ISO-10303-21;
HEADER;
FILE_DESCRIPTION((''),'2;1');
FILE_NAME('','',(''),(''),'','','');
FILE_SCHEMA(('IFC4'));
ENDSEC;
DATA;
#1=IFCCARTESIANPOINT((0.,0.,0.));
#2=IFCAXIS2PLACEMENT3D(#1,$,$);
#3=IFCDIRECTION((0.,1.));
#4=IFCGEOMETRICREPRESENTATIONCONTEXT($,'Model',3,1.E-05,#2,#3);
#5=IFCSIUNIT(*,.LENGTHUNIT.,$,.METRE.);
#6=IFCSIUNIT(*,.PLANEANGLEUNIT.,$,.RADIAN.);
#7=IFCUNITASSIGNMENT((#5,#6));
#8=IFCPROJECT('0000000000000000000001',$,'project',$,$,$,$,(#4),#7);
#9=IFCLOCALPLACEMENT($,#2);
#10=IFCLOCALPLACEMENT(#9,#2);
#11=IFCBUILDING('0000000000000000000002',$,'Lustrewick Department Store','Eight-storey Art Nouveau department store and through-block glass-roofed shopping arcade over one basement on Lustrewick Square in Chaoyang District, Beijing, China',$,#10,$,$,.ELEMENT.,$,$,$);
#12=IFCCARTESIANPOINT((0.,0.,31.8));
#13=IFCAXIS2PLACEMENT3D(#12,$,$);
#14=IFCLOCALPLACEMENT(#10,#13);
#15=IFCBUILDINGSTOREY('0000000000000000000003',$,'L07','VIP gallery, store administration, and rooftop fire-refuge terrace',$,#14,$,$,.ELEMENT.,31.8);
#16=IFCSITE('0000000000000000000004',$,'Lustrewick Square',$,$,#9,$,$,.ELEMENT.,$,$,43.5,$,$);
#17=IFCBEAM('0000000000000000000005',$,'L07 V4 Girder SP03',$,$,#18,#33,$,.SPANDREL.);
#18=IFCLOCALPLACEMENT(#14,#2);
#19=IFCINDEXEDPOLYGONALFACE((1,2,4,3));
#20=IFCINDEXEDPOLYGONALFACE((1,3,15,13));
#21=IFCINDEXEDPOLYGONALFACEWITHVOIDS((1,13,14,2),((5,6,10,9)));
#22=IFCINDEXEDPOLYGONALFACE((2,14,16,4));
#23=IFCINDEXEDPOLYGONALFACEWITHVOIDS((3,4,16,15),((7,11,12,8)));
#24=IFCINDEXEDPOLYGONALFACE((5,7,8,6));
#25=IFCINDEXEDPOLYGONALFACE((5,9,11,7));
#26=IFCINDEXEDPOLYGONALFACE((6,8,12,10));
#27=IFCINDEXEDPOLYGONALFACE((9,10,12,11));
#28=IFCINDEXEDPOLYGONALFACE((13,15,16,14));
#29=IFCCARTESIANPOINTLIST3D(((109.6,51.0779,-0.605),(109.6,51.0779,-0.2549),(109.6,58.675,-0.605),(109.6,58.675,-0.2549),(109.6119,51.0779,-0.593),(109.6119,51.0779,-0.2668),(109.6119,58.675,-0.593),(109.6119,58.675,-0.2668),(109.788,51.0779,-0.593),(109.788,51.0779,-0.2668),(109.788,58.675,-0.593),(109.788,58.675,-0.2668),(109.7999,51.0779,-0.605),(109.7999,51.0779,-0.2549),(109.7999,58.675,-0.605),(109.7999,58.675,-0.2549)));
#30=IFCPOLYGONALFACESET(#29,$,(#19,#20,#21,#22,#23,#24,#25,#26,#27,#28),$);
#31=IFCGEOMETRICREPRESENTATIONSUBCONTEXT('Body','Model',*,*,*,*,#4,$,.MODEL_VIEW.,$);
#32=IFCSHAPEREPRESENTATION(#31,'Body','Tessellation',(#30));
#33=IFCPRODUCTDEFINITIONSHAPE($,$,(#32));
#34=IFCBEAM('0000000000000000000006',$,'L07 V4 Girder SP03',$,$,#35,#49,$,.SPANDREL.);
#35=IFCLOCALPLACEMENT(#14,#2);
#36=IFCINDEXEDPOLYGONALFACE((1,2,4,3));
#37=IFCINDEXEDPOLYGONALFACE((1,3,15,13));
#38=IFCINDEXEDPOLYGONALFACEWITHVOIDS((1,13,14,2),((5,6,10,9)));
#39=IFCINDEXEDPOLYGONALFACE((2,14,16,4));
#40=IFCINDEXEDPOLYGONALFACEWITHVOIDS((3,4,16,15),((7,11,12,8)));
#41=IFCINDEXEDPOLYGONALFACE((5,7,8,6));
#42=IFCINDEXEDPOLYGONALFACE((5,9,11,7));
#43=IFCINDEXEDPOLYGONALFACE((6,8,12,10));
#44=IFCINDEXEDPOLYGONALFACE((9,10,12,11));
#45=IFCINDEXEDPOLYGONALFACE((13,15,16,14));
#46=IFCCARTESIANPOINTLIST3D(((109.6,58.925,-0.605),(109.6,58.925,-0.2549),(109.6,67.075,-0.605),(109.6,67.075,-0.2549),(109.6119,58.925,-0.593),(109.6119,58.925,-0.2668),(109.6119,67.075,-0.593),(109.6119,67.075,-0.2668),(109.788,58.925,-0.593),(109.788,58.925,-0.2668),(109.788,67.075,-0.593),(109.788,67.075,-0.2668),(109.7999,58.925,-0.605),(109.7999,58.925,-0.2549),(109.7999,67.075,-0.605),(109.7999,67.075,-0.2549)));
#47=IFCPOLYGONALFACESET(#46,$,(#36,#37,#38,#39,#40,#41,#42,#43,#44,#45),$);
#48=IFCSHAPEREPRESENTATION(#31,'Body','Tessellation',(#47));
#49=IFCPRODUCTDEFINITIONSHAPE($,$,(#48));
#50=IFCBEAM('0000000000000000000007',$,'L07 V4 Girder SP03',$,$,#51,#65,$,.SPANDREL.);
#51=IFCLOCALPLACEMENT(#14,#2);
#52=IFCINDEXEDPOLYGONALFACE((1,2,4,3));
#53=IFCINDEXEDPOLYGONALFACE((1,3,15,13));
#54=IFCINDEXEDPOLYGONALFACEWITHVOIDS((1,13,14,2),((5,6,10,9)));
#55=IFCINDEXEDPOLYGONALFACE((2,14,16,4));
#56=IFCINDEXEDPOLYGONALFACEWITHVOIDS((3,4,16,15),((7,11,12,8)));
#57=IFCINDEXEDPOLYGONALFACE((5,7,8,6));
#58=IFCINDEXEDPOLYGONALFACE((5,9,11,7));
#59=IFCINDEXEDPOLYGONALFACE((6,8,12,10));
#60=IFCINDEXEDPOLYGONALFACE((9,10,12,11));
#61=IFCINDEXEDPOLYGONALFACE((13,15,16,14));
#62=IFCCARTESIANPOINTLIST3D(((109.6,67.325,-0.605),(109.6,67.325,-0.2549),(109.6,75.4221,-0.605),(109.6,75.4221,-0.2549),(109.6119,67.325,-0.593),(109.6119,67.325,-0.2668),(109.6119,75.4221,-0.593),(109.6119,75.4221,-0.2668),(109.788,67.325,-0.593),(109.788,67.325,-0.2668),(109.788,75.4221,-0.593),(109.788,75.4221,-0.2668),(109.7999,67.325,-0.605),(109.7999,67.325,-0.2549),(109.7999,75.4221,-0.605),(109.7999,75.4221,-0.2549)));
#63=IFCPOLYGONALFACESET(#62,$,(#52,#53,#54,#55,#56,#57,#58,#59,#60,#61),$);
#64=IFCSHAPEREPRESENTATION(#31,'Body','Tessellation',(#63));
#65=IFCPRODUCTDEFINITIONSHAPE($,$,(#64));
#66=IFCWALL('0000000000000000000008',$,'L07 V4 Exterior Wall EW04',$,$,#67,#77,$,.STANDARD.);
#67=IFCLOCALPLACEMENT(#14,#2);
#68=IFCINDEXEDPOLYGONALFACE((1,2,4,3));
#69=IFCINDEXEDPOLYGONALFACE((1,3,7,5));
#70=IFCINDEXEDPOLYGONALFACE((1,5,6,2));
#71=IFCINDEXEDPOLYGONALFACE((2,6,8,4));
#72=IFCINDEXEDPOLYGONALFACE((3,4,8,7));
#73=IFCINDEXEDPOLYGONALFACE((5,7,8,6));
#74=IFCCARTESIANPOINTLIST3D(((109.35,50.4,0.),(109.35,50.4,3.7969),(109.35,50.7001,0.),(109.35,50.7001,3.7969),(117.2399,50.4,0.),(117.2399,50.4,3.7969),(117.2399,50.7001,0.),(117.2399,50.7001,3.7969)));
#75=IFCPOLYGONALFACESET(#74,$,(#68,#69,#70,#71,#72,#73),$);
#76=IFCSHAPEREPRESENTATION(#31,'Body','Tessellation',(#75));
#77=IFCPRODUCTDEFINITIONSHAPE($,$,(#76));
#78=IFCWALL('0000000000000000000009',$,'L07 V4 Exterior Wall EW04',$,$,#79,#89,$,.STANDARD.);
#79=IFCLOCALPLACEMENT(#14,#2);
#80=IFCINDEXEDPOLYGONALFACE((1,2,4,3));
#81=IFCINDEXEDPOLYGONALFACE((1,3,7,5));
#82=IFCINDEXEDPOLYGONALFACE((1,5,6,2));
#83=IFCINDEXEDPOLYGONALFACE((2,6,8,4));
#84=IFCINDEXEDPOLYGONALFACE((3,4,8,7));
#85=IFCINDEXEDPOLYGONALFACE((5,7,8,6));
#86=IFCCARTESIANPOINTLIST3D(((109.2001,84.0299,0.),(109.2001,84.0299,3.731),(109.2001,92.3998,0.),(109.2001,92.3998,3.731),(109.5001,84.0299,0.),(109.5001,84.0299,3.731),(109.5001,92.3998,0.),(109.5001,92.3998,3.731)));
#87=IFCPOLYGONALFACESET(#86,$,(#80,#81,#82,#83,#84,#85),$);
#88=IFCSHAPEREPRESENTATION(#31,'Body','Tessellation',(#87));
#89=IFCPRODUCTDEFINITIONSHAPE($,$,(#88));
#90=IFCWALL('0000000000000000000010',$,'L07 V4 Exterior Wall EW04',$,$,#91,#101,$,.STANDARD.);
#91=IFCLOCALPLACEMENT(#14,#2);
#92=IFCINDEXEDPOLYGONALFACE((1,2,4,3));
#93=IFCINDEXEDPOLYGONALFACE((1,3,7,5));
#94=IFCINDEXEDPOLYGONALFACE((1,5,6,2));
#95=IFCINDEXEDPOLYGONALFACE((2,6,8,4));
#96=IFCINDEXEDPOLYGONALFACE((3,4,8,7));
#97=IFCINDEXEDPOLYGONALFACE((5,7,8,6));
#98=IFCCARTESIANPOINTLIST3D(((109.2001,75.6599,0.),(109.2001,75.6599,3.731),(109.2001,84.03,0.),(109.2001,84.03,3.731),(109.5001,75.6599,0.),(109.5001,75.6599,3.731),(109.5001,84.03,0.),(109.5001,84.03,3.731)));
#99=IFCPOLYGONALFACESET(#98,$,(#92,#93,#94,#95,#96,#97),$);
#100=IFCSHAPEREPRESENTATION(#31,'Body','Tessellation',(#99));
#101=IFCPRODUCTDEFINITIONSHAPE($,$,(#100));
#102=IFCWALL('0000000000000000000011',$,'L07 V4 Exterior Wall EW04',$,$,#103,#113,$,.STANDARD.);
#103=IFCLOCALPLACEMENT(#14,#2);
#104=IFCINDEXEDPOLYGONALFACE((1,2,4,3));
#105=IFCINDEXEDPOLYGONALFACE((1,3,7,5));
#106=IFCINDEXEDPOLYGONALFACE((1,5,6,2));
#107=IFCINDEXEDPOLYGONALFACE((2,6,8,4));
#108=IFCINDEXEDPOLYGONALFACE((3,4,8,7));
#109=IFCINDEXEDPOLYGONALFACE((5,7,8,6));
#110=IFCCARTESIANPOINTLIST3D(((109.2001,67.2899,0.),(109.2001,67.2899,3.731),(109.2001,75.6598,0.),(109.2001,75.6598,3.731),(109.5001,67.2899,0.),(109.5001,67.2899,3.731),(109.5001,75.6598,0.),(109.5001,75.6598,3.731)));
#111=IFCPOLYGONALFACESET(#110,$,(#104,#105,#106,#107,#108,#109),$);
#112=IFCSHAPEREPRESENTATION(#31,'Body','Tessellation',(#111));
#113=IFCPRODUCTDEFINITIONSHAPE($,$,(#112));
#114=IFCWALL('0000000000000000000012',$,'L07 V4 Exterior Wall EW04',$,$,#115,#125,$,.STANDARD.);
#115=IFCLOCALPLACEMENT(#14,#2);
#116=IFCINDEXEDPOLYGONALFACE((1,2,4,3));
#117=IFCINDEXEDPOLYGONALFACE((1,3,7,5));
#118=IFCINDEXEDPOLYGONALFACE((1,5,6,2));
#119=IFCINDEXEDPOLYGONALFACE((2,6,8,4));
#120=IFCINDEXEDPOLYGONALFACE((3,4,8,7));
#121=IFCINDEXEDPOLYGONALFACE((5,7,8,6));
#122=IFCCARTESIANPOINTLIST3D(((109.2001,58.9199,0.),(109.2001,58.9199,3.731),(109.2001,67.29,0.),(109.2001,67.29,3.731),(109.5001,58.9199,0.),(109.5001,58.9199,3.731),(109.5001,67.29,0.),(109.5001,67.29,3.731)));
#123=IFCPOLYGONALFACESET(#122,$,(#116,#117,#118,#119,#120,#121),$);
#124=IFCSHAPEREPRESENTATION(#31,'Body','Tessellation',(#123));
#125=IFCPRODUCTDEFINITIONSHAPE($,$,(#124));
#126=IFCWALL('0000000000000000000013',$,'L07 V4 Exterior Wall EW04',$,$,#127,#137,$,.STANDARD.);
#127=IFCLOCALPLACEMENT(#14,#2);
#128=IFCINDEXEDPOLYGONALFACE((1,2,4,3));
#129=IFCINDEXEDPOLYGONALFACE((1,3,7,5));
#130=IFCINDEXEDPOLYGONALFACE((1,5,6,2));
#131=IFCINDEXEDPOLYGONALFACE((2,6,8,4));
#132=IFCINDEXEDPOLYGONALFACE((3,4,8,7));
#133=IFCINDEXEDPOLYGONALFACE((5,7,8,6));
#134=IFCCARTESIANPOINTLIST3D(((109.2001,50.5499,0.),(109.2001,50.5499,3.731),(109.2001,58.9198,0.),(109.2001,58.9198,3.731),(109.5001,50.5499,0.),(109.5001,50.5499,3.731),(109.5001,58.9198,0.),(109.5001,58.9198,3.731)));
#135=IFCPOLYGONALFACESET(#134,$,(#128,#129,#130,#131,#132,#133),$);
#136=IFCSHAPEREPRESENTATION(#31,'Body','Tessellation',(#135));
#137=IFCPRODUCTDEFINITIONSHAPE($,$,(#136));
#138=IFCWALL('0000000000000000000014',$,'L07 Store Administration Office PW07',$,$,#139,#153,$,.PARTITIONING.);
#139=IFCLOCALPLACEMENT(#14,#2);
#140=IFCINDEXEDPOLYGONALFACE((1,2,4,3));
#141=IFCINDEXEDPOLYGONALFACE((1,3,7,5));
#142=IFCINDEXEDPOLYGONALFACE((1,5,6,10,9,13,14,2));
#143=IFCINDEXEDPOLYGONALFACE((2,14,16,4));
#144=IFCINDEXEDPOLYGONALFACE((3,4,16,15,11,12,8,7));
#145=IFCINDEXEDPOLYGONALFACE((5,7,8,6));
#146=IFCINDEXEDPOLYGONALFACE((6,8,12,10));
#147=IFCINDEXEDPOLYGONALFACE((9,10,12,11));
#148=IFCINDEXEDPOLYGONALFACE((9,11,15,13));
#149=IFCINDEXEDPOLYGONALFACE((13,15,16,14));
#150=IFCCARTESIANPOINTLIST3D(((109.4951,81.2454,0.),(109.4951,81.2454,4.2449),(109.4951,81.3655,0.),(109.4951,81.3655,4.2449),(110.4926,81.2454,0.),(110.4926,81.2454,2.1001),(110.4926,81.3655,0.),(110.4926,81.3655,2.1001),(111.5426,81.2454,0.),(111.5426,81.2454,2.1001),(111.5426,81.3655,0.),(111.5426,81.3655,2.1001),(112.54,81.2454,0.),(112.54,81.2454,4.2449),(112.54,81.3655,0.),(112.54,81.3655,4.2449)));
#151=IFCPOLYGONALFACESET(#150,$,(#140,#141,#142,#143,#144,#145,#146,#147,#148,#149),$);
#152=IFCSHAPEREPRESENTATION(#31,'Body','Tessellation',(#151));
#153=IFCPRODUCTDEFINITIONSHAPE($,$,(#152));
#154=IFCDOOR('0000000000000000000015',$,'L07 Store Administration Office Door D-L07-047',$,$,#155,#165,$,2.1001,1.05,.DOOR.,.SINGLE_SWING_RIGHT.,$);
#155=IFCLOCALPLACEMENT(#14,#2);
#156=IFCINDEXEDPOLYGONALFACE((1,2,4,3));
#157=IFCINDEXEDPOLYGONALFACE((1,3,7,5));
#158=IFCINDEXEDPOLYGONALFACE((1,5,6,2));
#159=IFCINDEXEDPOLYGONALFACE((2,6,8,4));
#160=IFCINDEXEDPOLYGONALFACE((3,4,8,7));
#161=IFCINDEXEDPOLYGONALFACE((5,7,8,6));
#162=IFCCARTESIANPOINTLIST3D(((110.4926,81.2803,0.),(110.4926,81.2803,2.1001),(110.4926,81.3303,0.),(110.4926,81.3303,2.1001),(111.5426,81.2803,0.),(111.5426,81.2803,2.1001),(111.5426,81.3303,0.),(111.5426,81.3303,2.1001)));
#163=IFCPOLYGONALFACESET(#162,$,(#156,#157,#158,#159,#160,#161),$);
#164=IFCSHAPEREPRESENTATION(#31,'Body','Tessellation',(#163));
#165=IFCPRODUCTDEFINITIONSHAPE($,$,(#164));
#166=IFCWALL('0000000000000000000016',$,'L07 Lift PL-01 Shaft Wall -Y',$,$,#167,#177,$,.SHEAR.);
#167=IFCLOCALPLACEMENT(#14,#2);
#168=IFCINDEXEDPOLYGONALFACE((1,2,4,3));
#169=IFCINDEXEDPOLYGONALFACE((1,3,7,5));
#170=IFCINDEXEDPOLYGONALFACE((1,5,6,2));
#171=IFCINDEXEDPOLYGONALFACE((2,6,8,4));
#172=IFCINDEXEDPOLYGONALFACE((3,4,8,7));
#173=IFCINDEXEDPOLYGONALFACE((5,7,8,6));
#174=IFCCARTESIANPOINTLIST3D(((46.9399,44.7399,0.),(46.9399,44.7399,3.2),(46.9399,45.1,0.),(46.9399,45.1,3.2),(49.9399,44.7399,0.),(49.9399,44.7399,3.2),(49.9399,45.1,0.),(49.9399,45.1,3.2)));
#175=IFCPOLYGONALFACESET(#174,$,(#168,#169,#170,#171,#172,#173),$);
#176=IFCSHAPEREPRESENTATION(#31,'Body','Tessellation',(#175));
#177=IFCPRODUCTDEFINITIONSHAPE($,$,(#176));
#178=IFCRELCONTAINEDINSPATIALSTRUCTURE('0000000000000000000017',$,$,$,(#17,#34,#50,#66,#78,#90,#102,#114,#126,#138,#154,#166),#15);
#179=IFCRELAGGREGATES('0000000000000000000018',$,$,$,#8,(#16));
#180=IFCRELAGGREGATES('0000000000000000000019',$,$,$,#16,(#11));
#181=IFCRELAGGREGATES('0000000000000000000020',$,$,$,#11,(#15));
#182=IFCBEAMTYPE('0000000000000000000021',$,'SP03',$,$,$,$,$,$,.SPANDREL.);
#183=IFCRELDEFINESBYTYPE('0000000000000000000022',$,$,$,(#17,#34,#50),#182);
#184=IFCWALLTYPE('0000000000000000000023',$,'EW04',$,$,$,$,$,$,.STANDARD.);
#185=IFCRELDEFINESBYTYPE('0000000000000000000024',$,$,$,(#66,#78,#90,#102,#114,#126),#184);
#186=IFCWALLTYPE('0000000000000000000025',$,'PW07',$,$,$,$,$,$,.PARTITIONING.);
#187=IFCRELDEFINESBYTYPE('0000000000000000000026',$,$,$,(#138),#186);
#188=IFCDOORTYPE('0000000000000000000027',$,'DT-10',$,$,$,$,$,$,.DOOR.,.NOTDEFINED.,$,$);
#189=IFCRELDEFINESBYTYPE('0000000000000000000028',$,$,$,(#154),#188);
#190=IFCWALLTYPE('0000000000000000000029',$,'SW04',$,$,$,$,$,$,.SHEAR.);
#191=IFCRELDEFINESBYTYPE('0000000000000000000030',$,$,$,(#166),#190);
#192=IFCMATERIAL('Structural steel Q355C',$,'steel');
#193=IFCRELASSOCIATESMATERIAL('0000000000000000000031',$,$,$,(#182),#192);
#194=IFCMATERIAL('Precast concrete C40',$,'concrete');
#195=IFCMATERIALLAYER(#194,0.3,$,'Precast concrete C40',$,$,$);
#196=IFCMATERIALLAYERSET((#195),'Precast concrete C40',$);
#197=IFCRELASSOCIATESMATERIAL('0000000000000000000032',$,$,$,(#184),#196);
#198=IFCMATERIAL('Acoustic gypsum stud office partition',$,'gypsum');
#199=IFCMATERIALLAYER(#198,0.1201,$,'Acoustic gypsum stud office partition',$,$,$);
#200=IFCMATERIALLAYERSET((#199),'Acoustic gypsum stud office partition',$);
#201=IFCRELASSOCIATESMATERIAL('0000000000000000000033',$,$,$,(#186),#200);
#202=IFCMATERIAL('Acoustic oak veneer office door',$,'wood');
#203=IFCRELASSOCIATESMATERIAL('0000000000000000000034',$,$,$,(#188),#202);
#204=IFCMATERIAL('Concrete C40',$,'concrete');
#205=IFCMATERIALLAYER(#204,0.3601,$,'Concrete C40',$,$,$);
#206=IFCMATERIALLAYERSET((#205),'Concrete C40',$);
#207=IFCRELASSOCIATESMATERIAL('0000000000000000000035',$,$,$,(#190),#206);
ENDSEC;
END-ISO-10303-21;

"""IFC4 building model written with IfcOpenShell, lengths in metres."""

from ifc_helpers import new_model, si_unit, direction, frame, frame_2d, origin, origin_2d, place, context, subcontext, project, spatial, rectangle, hollow_rectangle, extrude, material, layer, layer_set, material_profile, profile_set, type_object, element, fill, save


model = new_model("IFC4")

# Units and contexts
model_context = context("Model", 3, precision=1e-05, world=origin(), true_north=direction((0.0, 1.0)))
body_context = subcontext(model_context, "Body", "Model", "MODEL_VIEW")
ifc_project = project(units=[si_unit("LENGTHUNIT", "METRE"), si_unit("PLANEANGLEUNIT", "RADIAN")], contexts=[model_context])

# Site, building, storey
site_placement = place(None, origin())
site = spatial("IfcSite", under=ifc_project, at=site_placement, Name="Lustrewick Square", CompositionType="ELEMENT", RefElevation=43.5)
building_placement = place(site_placement, origin())
building = spatial("IfcBuilding", under=site, at=building_placement, Name="Lustrewick Department Store", Description="Eight-storey Art Nouveau department store and through-block glass-roofed shopping arcade over one basement on Lustrewick Square in Chaoyang District, Beijing, China", CompositionType="ELEMENT")
storey_placement = place(building_placement, frame((0.0, 0.0, 31.8)))
storey = spatial("IfcBuildingStorey", under=building, at=storey_placement, Name="L07", Description="VIP gallery, store administration, and rooftop fire-refuge terrace", CompositionType="ELEMENT", Elevation=31.8)

# Beams
ifc_material_1 = material(Name="Structural steel Q355C", Category="steel")
ifc_material_profile = material_profile(ifc_material_1, hollow_rectangle(XDim=0.2, YDim=0.3501, WallThickness=0.012, at=origin_2d()), Name="RHS 350x200x12")
ifc_profile_set = profile_set([ifc_material_profile], Name="Structural steel Q355C")
beam_type = type_object("IfcBeamType", Name="SP03", PredefinedType="SPANDREL", material=ifc_profile_set)
beam_1_placement = place(storey_placement, frame((109.7, 51.0779, -0.4299), z_axis=(0.0, 1.0, 0.0), x_axis=(-1.0, 0.0, 0.0)))
element("IfcBeam", 1, at=beam_1_placement, inside=storey, type_object=beam_type, Name="L07 V4 Girder SP03", PredefinedType="SPANDREL", context=body_context, shape_type="SweptSolid", body=[
    extrude(hollow_rectangle(XDim=0.2, YDim=0.3501, WallThickness=0.012, at=origin_2d()), origin(), (0.0, 0.0, 1.0), 7.5972),
])
beam_2_placement = place(storey_placement, frame((109.7, 58.925, -0.4299), z_axis=(0.0, 1.0, 0.0), x_axis=(-1.0, 0.0, 0.0)))
element("IfcBeam", 2, at=beam_2_placement, inside=storey, type_object=beam_type, Name="L07 V4 Girder SP03", PredefinedType="SPANDREL", context=body_context, shape_type="SweptSolid", body=[
    extrude(hollow_rectangle(XDim=0.2, YDim=0.3501, WallThickness=0.012, at=origin_2d()), origin(), (0.0, 0.0, 1.0), 8.1499),
])
beam_3_placement = place(storey_placement, frame((109.7, 67.325, -0.4299), z_axis=(0.0, 1.0, 0.0), x_axis=(-1.0, 0.0, 0.0)))
element("IfcBeam", 3, at=beam_3_placement, inside=storey, type_object=beam_type, Name="L07 V4 Girder SP03", PredefinedType="SPANDREL", context=body_context, shape_type="SweptSolid", body=[
    extrude(hollow_rectangle(XDim=0.2, YDim=0.3501, WallThickness=0.012, at=origin_2d()), origin(), (0.0, 0.0, 1.0), 8.0972),
])

# Walls
ifc_material_2 = material(Name="Precast concrete C40", Category="concrete")
ifc_layer_1 = layer(ifc_material_2, 0.3, Name="Precast concrete C40")
ifc_layer_set_1 = layer_set([ifc_layer_1], Name="Precast concrete C40")
wall_type_1 = type_object("IfcWallType", Name="EW04", PredefinedType="STANDARD", material=ifc_layer_set_1)
wall_1_placement = place(storey_placement, frame((109.3501, 50.55, 0.0), z_axis=(0.0, 0.0, 1.0), x_axis=(1.0, 0.0, 0.0)))
element("IfcWall", 4, at=wall_1_placement, inside=storey, type_object=wall_type_1, Name="L07 V4 Exterior Wall EW04", PredefinedType="STANDARD", context=body_context, shape_type="SweptSolid", body=[
    extrude(rectangle(XDim=7.8899, YDim=0.3, at=frame_2d((3.9448, 0.0))), origin(), (0.0, 0.0, 1.0), 3.7969),
])
wall_2_placement = place(storey_placement, frame((109.3501, 92.3999, 0.0), z_axis=(0.0, 0.0, 1.0), x_axis=(0.0, -1.0, 0.0)))
element("IfcWall", 5, at=wall_2_placement, inside=storey, type_object=wall_type_1, Name="L07 V4 Exterior Wall EW04", PredefinedType="STANDARD", context=body_context, shape_type="SweptSolid", body=[
    extrude(rectangle(XDim=8.3699, YDim=0.3, at=frame_2d((4.1851, 0.0))), origin(), (0.0, 0.0, 1.0), 3.731),
])
wall_3_placement = place(storey_placement, frame((109.3501, 84.03, 0.0), z_axis=(0.0, 0.0, 1.0), x_axis=(0.0, -1.0, 0.0)))
element("IfcWall", 6, at=wall_3_placement, inside=storey, type_object=wall_type_1, Name="L07 V4 Exterior Wall EW04", PredefinedType="STANDARD", context=body_context, shape_type="SweptSolid", body=[
    extrude(rectangle(XDim=8.3701, YDim=0.3, at=frame_2d((4.1851, 0.0))), origin(), (0.0, 0.0, 1.0), 3.731),
])
wall_4_placement = place(storey_placement, frame((109.3501, 75.6599, 0.0), z_axis=(0.0, 0.0, 1.0), x_axis=(0.0, -1.0, 0.0)))
element("IfcWall", 7, at=wall_4_placement, inside=storey, type_object=wall_type_1, Name="L07 V4 Exterior Wall EW04", PredefinedType="STANDARD", context=body_context, shape_type="SweptSolid", body=[
    extrude(rectangle(XDim=8.3699, YDim=0.3, at=frame_2d((4.1851, 0.0))), origin(), (0.0, 0.0, 1.0), 3.731),
])
wall_5_placement = place(storey_placement, frame((109.3501, 67.29, 0.0), z_axis=(0.0, 0.0, 1.0), x_axis=(0.0, -1.0, 0.0)))
element("IfcWall", 8, at=wall_5_placement, inside=storey, type_object=wall_type_1, Name="L07 V4 Exterior Wall EW04", PredefinedType="STANDARD", context=body_context, shape_type="SweptSolid", body=[
    extrude(rectangle(XDim=8.3701, YDim=0.3, at=frame_2d((4.1851, 0.0))), origin(), (0.0, 0.0, 1.0), 3.731),
])
wall_6_placement = place(storey_placement, frame((109.3501, 58.9199, 0.0), z_axis=(0.0, 0.0, 1.0), x_axis=(0.0, -1.0, 0.0)))
element("IfcWall", 9, at=wall_6_placement, inside=storey, type_object=wall_type_1, Name="L07 V4 Exterior Wall EW04", PredefinedType="STANDARD", context=body_context, shape_type="SweptSolid", body=[
    extrude(rectangle(XDim=8.3699, YDim=0.3, at=frame_2d((4.1851, 0.0))), origin(), (0.0, 0.0, 1.0), 3.731),
])

# Wall, opening, door
ifc_material_3 = material(Name="Acoustic gypsum stud office partition", Category="gypsum")
ifc_layer_2 = layer(ifc_material_3, 0.1201, Name="Acoustic gypsum stud office partition")
ifc_layer_set_2 = layer_set([ifc_layer_2], Name="Acoustic gypsum stud office partition")
wall_type_2 = type_object("IfcWallType", Name="PW07", PredefinedType="PARTITIONING", material=ifc_layer_set_2)
wall_7_placement = place(storey_placement, frame((109.4951, 81.3054, 0.0), z_axis=(0.0, 0.0, 1.0), x_axis=(1.0, 0.0, 0.0)))
wall_7 = element("IfcWall", 10, at=wall_7_placement, inside=storey, type_object=wall_type_2, Name="L07 Store Administration Office PW07", PredefinedType="PARTITIONING", context=body_context, shape_type="SweptSolid", body=[
    extrude(rectangle(XDim=3.0449, YDim=0.1201, at=frame_2d((1.5225, 0.0))), origin(), (0.0, 0.0, 1.0), 4.2449),
])
opening_1_placement = place(wall_7_placement, frame((0.9976, 0.0, 0.0)))
opening_1 = element("IfcOpeningElement", 11, at=opening_1_placement, cuts=wall_7, PredefinedType="OPENING", context=body_context, shape_type="SweptSolid", body=[
    extrude(rectangle(XDim=1.05, YDim=2.1001, at=frame_2d((0.5249, 1.05))), frame((0.0, 0.0701, 0.0), z_axis=(0.0, -1.0, 0.0), x_axis=(1.0, 0.0, 0.0)), (0.0, 0.0, 1.0), 0.1401),
])
ifc_material_4 = material(Name="Acoustic oak veneer office door", Category="wood")
door_type_1 = type_object("IfcDoorType", Name="DT-10", OperationType="NOTDEFINED", PredefinedType="DOOR", material=ifc_material_4)
door_1_placement = place(opening_1_placement, origin())
door_1 = element("IfcDoor", 12, at=door_1_placement, inside=storey, type_object=door_type_1, Name="L07 Store Administration Office Door D-L07-047", OperationType="SINGLE_SWING_RIGHT", OverallHeight=2.1001, OverallWidth=1.05, PredefinedType="DOOR", context=body_context, shape_type="SweptSolid", body=[
    extrude(rectangle(XDim=1.05, YDim=2.1001, at=frame_2d((0.5249, 1.05))), frame((0.0, 0.0249, 0.0), z_axis=(0.0, -1.0, 0.0), x_axis=(1.0, 0.0, 0.0)), (0.0, 0.0, 1.0), 0.05),
])
fill(opening_1, door_1)

# Wall
ifc_material_5 = material(Name="Concrete C40", Category="concrete")
ifc_layer_3 = layer(ifc_material_5, 0.3601, Name="Concrete C40")
ifc_layer_set_3 = layer_set([ifc_layer_3], Name="Concrete C40")
wall_type_3 = type_object("IfcWallType", Name="SW04", PredefinedType="SHEAR", material=ifc_layer_set_3)
wall_8_placement = place(storey_placement, frame((46.9399, 44.9199, 0.0), z_axis=(0.0, 0.0, 1.0), x_axis=(1.0, 0.0, 0.0)))
element("IfcWall", 13, at=wall_8_placement, inside=storey, type_object=wall_type_3, Name="L07 Lift PL-01 Shaft Wall -Y", PredefinedType="SHEAR", context=body_context, shape_type="SweptSolid", body=[
    extrude(rectangle(XDim=3.0, YDim=0.3601, at=frame_2d((1.5, 0.0))), origin(), (0.0, 0.0, 1.0), 3.2),
])

save(model, "model.ifc")
